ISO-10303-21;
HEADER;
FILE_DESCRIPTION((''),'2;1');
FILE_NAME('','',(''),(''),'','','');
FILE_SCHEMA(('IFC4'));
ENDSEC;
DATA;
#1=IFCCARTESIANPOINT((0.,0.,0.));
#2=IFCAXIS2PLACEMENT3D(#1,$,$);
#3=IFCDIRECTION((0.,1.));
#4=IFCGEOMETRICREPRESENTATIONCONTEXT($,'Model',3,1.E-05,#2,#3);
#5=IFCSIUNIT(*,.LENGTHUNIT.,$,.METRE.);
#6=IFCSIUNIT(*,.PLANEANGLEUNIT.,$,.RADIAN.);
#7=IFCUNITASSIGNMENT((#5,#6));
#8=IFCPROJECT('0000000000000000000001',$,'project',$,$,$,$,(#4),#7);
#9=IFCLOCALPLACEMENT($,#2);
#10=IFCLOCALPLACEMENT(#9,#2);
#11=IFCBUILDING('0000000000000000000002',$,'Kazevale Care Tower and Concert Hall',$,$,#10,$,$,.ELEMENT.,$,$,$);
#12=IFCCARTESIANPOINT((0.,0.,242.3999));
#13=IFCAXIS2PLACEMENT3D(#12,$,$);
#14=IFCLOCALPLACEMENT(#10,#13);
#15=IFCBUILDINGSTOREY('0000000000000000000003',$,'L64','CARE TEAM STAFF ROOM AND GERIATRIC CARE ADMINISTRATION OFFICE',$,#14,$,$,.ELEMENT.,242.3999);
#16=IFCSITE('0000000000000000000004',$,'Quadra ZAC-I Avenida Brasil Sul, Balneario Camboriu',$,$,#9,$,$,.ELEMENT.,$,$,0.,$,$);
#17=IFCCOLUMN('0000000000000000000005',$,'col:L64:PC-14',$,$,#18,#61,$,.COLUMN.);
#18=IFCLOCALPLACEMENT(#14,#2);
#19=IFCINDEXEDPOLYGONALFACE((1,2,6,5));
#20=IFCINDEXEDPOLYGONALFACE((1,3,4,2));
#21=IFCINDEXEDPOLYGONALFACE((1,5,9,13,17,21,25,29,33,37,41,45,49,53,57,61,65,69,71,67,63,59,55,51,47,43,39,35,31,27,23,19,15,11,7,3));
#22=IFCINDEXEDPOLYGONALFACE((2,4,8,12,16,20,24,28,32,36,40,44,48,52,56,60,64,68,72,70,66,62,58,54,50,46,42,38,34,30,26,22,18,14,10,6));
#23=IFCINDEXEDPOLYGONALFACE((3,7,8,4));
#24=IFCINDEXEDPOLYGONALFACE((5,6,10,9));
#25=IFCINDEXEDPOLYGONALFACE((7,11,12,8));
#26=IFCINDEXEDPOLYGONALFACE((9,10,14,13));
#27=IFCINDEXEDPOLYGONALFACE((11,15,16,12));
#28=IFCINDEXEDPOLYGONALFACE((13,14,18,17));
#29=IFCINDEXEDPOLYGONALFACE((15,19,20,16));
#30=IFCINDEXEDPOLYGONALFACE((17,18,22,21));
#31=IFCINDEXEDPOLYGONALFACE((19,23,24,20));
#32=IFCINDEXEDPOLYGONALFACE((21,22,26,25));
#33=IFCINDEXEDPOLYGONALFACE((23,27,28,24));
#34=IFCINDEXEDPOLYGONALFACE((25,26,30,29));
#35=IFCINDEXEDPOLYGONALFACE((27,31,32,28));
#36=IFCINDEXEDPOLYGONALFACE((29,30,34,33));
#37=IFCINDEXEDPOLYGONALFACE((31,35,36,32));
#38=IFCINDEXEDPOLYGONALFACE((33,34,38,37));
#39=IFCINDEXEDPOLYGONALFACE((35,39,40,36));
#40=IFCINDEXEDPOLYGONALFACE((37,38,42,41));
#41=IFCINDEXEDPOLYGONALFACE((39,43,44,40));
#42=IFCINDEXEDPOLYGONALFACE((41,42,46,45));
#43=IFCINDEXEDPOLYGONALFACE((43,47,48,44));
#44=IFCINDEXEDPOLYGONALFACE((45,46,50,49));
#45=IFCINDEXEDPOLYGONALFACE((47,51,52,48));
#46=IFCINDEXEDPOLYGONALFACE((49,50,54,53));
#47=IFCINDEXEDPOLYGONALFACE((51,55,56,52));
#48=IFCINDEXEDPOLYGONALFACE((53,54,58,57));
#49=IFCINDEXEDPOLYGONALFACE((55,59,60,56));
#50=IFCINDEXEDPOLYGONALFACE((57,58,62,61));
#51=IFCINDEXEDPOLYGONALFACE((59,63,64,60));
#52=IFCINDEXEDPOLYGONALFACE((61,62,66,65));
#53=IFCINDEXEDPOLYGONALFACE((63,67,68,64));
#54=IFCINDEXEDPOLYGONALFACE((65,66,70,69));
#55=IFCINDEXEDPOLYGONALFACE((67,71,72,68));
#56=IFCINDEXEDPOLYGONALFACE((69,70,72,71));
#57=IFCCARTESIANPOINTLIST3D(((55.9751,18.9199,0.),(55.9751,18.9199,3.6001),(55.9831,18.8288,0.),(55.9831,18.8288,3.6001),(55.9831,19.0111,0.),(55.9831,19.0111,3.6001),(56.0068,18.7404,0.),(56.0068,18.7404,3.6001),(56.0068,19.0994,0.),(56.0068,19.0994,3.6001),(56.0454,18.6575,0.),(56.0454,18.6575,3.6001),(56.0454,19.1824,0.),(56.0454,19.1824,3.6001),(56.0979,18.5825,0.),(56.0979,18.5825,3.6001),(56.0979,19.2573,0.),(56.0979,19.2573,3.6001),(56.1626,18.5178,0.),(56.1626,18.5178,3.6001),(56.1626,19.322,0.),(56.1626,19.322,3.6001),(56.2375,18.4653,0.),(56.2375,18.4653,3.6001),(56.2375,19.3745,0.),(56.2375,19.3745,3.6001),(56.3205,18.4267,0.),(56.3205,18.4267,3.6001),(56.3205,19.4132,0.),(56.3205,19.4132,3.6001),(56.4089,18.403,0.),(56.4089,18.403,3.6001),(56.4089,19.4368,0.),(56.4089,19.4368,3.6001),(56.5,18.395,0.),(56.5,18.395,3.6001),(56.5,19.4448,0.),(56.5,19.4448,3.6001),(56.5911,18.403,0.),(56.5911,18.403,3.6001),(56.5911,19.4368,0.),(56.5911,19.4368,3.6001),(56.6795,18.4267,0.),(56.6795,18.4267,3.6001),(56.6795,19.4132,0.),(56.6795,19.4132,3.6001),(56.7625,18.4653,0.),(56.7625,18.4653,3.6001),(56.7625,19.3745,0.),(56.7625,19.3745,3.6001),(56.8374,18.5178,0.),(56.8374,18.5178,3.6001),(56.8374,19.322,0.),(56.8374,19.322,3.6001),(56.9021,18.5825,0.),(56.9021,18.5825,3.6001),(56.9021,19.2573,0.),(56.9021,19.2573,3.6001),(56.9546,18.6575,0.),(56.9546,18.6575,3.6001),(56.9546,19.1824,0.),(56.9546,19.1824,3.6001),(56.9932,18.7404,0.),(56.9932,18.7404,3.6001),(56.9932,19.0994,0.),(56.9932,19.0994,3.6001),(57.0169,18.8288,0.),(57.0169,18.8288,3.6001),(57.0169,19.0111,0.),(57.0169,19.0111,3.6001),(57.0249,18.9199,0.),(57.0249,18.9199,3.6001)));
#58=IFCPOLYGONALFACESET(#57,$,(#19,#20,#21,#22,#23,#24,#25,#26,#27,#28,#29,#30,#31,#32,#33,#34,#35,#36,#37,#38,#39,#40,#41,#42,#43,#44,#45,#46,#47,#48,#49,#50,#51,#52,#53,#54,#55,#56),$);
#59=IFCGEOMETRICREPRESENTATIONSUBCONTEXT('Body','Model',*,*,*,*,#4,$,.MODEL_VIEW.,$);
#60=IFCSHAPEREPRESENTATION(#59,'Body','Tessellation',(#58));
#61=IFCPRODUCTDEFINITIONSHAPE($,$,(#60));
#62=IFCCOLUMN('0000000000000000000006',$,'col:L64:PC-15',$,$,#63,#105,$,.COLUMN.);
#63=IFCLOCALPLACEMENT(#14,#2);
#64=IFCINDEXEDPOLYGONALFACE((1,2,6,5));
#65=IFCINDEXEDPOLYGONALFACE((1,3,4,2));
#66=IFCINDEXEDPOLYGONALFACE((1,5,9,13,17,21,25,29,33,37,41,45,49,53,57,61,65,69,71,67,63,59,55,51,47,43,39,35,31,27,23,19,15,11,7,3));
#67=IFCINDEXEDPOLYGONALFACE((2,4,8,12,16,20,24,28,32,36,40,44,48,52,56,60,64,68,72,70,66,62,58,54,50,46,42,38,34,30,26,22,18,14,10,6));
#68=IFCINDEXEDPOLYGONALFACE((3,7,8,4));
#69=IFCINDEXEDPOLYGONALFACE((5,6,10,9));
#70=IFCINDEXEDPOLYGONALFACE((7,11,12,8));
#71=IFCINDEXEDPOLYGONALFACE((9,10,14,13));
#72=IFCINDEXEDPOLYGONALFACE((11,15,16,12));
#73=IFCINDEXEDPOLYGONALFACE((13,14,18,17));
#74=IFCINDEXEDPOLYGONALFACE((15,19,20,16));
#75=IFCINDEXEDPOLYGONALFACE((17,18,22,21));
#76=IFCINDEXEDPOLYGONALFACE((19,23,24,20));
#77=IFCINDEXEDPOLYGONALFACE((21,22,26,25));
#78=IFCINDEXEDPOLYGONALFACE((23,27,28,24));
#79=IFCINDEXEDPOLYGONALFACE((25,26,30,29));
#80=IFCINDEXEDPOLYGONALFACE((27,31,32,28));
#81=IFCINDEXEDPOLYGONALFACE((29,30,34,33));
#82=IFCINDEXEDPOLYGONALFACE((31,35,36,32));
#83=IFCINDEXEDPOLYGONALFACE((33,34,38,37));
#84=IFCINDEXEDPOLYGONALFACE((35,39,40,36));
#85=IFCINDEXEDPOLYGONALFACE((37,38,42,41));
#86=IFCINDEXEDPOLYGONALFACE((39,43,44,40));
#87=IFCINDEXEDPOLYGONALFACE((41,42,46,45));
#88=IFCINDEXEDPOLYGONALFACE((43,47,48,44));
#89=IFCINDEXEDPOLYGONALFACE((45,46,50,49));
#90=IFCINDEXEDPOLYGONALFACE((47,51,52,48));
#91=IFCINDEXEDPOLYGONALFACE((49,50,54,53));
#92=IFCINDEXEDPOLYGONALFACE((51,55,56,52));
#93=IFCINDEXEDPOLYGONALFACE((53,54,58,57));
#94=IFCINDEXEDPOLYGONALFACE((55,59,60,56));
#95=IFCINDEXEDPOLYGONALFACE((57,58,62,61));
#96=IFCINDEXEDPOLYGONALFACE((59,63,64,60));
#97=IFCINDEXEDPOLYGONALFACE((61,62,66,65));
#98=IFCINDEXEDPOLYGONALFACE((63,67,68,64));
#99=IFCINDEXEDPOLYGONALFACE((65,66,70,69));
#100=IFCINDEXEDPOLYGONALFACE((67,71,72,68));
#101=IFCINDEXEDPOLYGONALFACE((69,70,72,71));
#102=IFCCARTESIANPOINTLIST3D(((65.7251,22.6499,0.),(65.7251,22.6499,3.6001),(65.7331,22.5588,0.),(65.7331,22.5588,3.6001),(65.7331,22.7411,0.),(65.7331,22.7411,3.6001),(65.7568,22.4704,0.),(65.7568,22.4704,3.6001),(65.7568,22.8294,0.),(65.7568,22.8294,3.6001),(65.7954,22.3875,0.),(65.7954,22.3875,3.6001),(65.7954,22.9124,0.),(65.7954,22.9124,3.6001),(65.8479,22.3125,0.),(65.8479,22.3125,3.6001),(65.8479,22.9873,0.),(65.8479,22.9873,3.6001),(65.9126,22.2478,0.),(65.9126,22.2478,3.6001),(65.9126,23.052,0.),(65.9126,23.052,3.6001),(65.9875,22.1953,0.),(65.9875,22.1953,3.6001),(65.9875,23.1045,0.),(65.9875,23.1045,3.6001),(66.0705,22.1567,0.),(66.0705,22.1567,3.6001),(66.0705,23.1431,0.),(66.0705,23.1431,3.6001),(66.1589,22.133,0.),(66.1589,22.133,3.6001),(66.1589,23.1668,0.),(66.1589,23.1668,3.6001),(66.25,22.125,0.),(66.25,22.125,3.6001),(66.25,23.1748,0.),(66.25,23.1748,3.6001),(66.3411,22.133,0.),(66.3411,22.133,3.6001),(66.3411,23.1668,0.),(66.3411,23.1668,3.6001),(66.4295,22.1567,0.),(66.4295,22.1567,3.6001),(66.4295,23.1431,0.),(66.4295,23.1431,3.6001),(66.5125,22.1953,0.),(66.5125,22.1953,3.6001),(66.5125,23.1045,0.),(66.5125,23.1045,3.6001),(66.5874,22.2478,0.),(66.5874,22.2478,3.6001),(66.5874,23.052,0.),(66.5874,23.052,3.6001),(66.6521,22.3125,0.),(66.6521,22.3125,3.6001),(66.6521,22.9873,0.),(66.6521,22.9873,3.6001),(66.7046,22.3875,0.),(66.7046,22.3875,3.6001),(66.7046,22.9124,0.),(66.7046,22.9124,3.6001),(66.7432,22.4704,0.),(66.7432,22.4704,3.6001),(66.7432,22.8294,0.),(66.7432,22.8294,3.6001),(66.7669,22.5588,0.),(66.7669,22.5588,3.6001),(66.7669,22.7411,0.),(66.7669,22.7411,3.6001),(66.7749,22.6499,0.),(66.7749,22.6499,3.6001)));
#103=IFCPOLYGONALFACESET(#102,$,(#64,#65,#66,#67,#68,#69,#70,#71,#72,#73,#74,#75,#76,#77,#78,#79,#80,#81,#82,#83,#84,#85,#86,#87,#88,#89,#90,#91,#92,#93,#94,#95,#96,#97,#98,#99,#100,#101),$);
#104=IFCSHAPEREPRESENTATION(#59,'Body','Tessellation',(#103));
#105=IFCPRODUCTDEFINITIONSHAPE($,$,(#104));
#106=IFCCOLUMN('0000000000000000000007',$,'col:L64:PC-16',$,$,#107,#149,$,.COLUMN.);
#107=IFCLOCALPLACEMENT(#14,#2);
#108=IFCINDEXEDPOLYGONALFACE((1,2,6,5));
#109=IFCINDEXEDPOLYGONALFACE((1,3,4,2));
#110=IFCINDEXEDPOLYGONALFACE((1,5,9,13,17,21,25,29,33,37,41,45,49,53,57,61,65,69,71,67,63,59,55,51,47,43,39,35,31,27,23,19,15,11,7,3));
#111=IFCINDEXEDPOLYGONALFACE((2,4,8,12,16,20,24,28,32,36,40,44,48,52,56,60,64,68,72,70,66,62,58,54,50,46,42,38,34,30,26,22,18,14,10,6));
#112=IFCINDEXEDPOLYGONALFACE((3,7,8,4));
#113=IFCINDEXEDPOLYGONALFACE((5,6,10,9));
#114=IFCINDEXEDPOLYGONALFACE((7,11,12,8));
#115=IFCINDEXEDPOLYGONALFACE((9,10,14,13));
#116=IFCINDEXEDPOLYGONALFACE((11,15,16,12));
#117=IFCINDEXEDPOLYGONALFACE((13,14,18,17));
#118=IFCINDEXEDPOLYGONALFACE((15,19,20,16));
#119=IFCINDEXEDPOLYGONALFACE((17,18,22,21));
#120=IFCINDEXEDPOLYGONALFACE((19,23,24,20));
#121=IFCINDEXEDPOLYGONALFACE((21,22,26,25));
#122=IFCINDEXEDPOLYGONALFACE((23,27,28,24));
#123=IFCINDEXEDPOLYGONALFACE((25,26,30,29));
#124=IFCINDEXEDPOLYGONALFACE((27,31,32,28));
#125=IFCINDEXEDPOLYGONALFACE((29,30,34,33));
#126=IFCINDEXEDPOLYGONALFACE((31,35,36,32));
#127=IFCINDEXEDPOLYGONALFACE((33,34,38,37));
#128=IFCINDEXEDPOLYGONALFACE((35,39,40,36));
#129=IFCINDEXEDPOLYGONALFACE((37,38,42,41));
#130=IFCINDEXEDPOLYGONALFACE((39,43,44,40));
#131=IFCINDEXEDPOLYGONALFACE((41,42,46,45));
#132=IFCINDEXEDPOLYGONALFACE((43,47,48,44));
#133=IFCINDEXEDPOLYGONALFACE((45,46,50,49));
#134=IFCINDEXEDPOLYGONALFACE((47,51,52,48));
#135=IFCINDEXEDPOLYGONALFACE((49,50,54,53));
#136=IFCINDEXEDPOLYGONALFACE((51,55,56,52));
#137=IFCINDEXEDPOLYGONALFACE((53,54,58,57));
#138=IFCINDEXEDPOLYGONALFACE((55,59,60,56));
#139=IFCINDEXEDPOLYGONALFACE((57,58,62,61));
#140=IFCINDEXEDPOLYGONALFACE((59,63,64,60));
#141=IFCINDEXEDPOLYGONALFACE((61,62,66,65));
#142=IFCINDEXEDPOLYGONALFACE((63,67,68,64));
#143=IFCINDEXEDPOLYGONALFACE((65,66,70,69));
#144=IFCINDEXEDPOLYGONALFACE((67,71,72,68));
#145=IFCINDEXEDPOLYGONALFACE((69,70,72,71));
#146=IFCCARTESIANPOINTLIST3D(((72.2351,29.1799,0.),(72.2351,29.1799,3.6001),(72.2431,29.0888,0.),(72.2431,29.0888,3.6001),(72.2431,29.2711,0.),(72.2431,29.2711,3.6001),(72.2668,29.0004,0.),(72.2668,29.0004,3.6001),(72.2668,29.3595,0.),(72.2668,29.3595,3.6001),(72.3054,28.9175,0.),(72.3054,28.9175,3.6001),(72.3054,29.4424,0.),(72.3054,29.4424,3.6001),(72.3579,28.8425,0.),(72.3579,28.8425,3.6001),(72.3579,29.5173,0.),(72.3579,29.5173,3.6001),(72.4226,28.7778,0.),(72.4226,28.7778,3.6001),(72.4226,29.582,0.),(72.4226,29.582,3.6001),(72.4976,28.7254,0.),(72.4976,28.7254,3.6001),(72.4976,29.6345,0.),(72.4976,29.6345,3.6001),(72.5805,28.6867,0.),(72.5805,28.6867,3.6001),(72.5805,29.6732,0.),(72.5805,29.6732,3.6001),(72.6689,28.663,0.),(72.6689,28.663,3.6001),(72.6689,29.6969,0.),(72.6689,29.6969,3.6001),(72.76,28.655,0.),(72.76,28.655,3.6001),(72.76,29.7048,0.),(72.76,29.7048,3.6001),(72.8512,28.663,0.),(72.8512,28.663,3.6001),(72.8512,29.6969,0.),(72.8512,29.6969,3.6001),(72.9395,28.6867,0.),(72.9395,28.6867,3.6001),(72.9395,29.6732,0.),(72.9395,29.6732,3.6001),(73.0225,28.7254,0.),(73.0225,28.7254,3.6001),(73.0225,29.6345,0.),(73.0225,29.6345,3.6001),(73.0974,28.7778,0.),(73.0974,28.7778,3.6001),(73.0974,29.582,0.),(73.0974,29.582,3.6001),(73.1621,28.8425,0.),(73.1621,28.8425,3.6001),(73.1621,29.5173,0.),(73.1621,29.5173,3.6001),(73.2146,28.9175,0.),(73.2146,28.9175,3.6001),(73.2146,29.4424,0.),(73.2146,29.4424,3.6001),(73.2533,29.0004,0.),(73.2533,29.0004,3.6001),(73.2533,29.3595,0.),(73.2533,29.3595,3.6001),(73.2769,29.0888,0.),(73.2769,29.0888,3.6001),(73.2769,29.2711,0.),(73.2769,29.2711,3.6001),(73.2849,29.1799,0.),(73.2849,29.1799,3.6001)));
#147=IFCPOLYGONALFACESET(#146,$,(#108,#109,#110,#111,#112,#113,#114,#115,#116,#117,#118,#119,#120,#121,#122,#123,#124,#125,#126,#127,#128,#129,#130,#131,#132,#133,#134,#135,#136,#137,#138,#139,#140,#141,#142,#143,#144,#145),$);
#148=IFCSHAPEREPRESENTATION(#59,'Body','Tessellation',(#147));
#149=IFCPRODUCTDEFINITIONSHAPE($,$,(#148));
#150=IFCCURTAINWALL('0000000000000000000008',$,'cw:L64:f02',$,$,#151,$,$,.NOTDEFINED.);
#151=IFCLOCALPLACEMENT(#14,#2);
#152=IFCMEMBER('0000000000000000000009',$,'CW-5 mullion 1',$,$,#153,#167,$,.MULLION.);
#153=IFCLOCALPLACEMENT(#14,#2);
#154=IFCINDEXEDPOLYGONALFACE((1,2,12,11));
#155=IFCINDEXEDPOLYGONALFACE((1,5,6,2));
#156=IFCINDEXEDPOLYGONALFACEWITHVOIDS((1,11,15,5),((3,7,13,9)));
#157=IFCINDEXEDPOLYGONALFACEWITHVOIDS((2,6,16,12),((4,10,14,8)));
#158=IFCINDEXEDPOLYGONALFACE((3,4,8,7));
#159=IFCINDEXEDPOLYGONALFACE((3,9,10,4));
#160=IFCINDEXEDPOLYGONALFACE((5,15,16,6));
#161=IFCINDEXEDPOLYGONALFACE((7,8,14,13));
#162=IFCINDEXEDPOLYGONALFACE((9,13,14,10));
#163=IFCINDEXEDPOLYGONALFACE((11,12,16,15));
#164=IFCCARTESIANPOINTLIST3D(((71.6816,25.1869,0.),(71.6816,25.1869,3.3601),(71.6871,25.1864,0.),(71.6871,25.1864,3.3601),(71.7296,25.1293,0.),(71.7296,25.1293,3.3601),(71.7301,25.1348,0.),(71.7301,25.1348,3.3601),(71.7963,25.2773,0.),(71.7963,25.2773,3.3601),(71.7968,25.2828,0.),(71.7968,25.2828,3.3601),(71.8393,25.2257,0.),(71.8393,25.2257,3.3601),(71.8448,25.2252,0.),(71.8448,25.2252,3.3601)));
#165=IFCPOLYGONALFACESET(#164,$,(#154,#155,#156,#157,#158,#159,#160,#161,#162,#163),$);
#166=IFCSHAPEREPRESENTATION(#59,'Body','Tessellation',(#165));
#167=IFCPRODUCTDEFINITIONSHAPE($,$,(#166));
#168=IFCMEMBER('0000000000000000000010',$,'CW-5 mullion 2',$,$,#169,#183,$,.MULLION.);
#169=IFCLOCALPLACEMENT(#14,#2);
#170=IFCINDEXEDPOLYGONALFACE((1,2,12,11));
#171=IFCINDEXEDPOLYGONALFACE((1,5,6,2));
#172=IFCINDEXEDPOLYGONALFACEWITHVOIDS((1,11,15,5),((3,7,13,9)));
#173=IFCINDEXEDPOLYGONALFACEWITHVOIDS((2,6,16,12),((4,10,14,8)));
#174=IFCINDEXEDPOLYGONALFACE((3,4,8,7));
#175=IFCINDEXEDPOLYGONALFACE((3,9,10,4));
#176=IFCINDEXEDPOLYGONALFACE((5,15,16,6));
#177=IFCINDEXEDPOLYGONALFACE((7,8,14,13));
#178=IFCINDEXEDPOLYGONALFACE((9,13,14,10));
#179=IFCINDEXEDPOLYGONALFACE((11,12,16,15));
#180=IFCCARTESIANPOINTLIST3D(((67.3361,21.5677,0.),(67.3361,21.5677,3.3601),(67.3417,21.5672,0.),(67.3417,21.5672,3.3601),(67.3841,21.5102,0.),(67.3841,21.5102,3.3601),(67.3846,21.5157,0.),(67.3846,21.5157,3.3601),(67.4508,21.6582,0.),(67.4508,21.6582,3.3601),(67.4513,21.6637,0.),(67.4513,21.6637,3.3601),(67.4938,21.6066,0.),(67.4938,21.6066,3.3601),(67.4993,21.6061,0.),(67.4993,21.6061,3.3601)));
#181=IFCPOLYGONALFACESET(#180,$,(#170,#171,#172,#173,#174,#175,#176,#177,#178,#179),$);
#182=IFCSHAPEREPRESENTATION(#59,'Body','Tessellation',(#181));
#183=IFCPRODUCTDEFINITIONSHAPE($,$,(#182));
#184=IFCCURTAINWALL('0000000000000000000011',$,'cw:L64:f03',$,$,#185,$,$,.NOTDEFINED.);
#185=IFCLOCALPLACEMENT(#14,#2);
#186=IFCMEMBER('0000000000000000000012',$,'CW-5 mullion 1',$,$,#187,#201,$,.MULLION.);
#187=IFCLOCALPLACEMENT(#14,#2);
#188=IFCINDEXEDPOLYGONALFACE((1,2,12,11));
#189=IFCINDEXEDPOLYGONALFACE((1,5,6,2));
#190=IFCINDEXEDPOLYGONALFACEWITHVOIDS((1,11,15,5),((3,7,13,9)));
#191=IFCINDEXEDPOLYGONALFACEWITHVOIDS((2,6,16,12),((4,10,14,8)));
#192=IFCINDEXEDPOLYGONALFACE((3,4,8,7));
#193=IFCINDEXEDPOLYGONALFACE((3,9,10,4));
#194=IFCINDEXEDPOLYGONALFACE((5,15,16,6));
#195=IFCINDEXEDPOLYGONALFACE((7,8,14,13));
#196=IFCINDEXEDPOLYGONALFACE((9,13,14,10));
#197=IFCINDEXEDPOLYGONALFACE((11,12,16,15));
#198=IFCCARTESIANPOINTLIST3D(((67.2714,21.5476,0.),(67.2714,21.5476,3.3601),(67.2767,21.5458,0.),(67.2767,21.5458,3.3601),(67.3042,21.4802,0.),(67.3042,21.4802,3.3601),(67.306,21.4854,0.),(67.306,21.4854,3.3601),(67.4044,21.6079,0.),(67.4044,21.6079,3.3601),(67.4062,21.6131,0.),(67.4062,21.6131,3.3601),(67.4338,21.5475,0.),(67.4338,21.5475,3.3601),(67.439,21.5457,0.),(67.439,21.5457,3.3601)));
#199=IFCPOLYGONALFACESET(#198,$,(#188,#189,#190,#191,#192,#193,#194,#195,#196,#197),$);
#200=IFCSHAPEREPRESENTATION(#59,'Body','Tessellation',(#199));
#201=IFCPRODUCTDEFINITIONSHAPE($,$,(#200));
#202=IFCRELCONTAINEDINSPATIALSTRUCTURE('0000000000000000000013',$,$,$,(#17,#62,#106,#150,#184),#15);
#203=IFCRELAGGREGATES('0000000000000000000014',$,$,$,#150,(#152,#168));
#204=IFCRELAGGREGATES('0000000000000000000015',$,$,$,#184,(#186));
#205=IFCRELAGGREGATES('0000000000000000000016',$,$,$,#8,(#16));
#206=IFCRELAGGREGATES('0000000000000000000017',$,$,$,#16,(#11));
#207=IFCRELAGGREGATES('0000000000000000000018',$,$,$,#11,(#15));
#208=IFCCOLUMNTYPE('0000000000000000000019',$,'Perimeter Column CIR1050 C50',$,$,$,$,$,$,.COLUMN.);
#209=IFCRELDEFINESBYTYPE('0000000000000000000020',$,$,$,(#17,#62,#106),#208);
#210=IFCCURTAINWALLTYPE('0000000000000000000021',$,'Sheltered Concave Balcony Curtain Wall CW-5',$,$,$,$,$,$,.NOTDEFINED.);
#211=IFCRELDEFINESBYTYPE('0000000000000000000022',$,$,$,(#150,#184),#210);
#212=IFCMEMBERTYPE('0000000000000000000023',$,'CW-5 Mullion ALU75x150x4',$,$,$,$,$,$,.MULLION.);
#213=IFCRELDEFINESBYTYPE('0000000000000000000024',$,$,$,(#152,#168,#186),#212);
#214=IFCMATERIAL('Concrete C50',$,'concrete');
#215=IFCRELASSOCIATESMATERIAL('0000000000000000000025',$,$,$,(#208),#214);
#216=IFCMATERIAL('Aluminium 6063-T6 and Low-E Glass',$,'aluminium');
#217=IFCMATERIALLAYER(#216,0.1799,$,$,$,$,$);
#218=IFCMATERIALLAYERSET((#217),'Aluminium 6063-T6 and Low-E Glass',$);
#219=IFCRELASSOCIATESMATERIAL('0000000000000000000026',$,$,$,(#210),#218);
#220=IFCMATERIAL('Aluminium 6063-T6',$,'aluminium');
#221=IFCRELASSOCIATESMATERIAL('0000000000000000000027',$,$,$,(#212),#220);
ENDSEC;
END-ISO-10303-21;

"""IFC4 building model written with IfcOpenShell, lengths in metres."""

from ifc_helpers import new_model, si_unit, direction, frame, origin, origin_2d, place, context, subcontext, project, spatial, hollow_rectangle, circle, extrude, material, layer, layer_set, material_profile, profile_set, type_object, element, aggregate, save


model = new_model("IFC4")

# Units and contexts
model_context = context("Model", 3, precision=1e-05, world=origin(), true_north=direction((0.0, 1.0)))
body_context = subcontext(model_context, "Body", "Model", "MODEL_VIEW")
ifc_project = project(units=[si_unit("LENGTHUNIT", "METRE"), si_unit("PLANEANGLEUNIT", "RADIAN")], contexts=[model_context])

# Site, building, storey
site_placement = place(None, origin())
site = spatial("IfcSite", under=ifc_project, at=site_placement, Name="Quadra ZAC-I Avenida Brasil Sul, Balneario Camboriu", CompositionType="ELEMENT", RefElevation=0.0)
building_placement = place(site_placement, origin())
building = spatial("IfcBuilding", under=site, at=building_placement, Name="Kazevale Care Tower and Concert Hall", CompositionType="ELEMENT")
storey_placement = place(building_placement, frame((0.0, 0.0, 242.3999)))
storey = spatial("IfcBuildingStorey", under=building, at=storey_placement, Name="L64", Description="CARE TEAM STAFF ROOM AND GERIATRIC CARE ADMINISTRATION OFFICE", CompositionType="ELEMENT", Elevation=242.3999)

# Columns
ifc_material_1 = material(Name="Concrete C50", Category="concrete")
ifc_material_profile_1 = material_profile(ifc_material_1, circle(Radius=0.5249, at=origin_2d()), Name="RC-CIR1050")
ifc_profile_set_1 = profile_set([ifc_material_profile_1], Name="Concrete C50")
column_type = type_object("IfcColumnType", Name="Perimeter Column CIR1050 C50", PredefinedType="COLUMN", material=ifc_profile_set_1)
for number, where, z_axis, x_axis, name in (
    (1, (56.5, 18.9199, 0.0), (0.0, 0.0, 1.0), (1.0, 0.0, 0.0), "col:L64:PC-14"),
    (2, (66.25, 22.6499, 0.0), (0.0, 0.0, 1.0), (1.0, 0.0, 0.0), "col:L64:PC-15"),
    (3, (72.76, 29.1799, 0.0), (0.0, 0.0, 1.0), (1.0, 0.0, 0.0), "col:L64:PC-16"),
):
    element("IfcColumn", number, at=place(storey_placement, frame(where, z_axis=z_axis, x_axis=x_axis)), inside=storey, type_object=column_type, Name=name, PredefinedType="COLUMN", context=body_context, shape_type="SweptSolid", body=[
        extrude(circle(Radius=0.5249, at=origin_2d()), origin(), (0.0, 0.0, 1.0), 3.6001),
    ])

# Curtain walls, members
ifc_material_2 = material(Name="Aluminium 6063-T6 and Low-E Glass", Category="aluminium")
ifc_layer_1 = layer(ifc_material_2, 0.1799)
ifc_layer_set_1 = layer_set([ifc_layer_1], Name="Aluminium 6063-T6 and Low-E Glass")
curtain_wall_type = type_object("IfcCurtainWallType", Name="Sheltered Concave Balcony Curtain Wall CW-5", PredefinedType="NOTDEFINED", material=ifc_layer_set_1)
curtain_wall_1_placement = place(storey_placement, origin())
curtain_wall_1 = element("IfcCurtainWall", 4, at=curtain_wall_1_placement, inside=storey, type_object=curtain_wall_type, Name="cw:L64:f02", PredefinedType="NOTDEFINED")
ifc_material_3 = material(Name="Aluminium 6063-T6", Category="aluminium")
ifc_material_profile_2 = material_profile(ifc_material_3, hollow_rectangle(XDim=0.075, YDim=0.1499, WallThickness=0.0039, at=origin_2d()), Name="ALU75x150x4")
ifc_profile_set_2 = profile_set([ifc_material_profile_2], Name="Aluminium 6063-T6")
member_type_1 = type_object("IfcMemberType", Name="CW-5 Mullion ALU75x150x4", PredefinedType="MULLION", material=ifc_profile_set_2)
member_1_placement = place(storey_placement, frame((71.7632, 25.2061, 0.0), z_axis=(0.0, 0.0, 1.0), x_axis=(0.639961, -0.768407, 0.0)))
member_1 = element("IfcMember", 5, at=member_1_placement, type_object=member_type_1, Name="CW-5 mullion 1", PredefinedType="MULLION", context=body_context, shape_type="SweptSolid", body=[
    extrude(hollow_rectangle(XDim=0.075, YDim=0.1499, WallThickness=0.0039, at=origin_2d()), origin(), (0.0, 0.0, 1.0), 3.3601),
])
member_2_placement = place(storey_placement, frame((67.4177, 21.5869, 0.0), z_axis=(0.0, 0.0, 1.0), x_axis=(0.639961, -0.768407, 0.0)))
member_2 = element("IfcMember", 6, at=member_2_placement, type_object=member_type_1, Name="CW-5 mullion 2", PredefinedType="MULLION", context=body_context, shape_type="SweptSolid", body=[
    extrude(hollow_rectangle(XDim=0.075, YDim=0.1499, WallThickness=0.0039, at=origin_2d()), origin(), (0.0, 0.0, 1.0), 3.3601),
])
curtain_wall_2_placement = place(storey_placement, origin())
curtain_wall_2 = element("IfcCurtainWall", 7, at=curtain_wall_2_placement, inside=storey, type_object=curtain_wall_type, Name="cw:L64:f03", PredefinedType="NOTDEFINED")
member_3_placement = place(storey_placement, frame((67.3552, 21.5466, 0.0), z_axis=(0.0, 0.0, 1.0), x_axis=(0.437238, -0.899346, 0.0)))
member_3 = element("IfcMember", 8, at=member_3_placement, type_object=member_type_1, Name="CW-5 mullion 1", PredefinedType="MULLION", context=body_context, shape_type="SweptSolid", body=[
    extrude(hollow_rectangle(XDim=0.075, YDim=0.1499, WallThickness=0.0039, at=origin_2d()), origin(), (0.0, 0.0, 1.0), 3.3601),
])

aggregate(curtain_wall_1, [member_1, member_2])
aggregate(curtain_wall_2, [member_3])

save(model, "model.ifc")
